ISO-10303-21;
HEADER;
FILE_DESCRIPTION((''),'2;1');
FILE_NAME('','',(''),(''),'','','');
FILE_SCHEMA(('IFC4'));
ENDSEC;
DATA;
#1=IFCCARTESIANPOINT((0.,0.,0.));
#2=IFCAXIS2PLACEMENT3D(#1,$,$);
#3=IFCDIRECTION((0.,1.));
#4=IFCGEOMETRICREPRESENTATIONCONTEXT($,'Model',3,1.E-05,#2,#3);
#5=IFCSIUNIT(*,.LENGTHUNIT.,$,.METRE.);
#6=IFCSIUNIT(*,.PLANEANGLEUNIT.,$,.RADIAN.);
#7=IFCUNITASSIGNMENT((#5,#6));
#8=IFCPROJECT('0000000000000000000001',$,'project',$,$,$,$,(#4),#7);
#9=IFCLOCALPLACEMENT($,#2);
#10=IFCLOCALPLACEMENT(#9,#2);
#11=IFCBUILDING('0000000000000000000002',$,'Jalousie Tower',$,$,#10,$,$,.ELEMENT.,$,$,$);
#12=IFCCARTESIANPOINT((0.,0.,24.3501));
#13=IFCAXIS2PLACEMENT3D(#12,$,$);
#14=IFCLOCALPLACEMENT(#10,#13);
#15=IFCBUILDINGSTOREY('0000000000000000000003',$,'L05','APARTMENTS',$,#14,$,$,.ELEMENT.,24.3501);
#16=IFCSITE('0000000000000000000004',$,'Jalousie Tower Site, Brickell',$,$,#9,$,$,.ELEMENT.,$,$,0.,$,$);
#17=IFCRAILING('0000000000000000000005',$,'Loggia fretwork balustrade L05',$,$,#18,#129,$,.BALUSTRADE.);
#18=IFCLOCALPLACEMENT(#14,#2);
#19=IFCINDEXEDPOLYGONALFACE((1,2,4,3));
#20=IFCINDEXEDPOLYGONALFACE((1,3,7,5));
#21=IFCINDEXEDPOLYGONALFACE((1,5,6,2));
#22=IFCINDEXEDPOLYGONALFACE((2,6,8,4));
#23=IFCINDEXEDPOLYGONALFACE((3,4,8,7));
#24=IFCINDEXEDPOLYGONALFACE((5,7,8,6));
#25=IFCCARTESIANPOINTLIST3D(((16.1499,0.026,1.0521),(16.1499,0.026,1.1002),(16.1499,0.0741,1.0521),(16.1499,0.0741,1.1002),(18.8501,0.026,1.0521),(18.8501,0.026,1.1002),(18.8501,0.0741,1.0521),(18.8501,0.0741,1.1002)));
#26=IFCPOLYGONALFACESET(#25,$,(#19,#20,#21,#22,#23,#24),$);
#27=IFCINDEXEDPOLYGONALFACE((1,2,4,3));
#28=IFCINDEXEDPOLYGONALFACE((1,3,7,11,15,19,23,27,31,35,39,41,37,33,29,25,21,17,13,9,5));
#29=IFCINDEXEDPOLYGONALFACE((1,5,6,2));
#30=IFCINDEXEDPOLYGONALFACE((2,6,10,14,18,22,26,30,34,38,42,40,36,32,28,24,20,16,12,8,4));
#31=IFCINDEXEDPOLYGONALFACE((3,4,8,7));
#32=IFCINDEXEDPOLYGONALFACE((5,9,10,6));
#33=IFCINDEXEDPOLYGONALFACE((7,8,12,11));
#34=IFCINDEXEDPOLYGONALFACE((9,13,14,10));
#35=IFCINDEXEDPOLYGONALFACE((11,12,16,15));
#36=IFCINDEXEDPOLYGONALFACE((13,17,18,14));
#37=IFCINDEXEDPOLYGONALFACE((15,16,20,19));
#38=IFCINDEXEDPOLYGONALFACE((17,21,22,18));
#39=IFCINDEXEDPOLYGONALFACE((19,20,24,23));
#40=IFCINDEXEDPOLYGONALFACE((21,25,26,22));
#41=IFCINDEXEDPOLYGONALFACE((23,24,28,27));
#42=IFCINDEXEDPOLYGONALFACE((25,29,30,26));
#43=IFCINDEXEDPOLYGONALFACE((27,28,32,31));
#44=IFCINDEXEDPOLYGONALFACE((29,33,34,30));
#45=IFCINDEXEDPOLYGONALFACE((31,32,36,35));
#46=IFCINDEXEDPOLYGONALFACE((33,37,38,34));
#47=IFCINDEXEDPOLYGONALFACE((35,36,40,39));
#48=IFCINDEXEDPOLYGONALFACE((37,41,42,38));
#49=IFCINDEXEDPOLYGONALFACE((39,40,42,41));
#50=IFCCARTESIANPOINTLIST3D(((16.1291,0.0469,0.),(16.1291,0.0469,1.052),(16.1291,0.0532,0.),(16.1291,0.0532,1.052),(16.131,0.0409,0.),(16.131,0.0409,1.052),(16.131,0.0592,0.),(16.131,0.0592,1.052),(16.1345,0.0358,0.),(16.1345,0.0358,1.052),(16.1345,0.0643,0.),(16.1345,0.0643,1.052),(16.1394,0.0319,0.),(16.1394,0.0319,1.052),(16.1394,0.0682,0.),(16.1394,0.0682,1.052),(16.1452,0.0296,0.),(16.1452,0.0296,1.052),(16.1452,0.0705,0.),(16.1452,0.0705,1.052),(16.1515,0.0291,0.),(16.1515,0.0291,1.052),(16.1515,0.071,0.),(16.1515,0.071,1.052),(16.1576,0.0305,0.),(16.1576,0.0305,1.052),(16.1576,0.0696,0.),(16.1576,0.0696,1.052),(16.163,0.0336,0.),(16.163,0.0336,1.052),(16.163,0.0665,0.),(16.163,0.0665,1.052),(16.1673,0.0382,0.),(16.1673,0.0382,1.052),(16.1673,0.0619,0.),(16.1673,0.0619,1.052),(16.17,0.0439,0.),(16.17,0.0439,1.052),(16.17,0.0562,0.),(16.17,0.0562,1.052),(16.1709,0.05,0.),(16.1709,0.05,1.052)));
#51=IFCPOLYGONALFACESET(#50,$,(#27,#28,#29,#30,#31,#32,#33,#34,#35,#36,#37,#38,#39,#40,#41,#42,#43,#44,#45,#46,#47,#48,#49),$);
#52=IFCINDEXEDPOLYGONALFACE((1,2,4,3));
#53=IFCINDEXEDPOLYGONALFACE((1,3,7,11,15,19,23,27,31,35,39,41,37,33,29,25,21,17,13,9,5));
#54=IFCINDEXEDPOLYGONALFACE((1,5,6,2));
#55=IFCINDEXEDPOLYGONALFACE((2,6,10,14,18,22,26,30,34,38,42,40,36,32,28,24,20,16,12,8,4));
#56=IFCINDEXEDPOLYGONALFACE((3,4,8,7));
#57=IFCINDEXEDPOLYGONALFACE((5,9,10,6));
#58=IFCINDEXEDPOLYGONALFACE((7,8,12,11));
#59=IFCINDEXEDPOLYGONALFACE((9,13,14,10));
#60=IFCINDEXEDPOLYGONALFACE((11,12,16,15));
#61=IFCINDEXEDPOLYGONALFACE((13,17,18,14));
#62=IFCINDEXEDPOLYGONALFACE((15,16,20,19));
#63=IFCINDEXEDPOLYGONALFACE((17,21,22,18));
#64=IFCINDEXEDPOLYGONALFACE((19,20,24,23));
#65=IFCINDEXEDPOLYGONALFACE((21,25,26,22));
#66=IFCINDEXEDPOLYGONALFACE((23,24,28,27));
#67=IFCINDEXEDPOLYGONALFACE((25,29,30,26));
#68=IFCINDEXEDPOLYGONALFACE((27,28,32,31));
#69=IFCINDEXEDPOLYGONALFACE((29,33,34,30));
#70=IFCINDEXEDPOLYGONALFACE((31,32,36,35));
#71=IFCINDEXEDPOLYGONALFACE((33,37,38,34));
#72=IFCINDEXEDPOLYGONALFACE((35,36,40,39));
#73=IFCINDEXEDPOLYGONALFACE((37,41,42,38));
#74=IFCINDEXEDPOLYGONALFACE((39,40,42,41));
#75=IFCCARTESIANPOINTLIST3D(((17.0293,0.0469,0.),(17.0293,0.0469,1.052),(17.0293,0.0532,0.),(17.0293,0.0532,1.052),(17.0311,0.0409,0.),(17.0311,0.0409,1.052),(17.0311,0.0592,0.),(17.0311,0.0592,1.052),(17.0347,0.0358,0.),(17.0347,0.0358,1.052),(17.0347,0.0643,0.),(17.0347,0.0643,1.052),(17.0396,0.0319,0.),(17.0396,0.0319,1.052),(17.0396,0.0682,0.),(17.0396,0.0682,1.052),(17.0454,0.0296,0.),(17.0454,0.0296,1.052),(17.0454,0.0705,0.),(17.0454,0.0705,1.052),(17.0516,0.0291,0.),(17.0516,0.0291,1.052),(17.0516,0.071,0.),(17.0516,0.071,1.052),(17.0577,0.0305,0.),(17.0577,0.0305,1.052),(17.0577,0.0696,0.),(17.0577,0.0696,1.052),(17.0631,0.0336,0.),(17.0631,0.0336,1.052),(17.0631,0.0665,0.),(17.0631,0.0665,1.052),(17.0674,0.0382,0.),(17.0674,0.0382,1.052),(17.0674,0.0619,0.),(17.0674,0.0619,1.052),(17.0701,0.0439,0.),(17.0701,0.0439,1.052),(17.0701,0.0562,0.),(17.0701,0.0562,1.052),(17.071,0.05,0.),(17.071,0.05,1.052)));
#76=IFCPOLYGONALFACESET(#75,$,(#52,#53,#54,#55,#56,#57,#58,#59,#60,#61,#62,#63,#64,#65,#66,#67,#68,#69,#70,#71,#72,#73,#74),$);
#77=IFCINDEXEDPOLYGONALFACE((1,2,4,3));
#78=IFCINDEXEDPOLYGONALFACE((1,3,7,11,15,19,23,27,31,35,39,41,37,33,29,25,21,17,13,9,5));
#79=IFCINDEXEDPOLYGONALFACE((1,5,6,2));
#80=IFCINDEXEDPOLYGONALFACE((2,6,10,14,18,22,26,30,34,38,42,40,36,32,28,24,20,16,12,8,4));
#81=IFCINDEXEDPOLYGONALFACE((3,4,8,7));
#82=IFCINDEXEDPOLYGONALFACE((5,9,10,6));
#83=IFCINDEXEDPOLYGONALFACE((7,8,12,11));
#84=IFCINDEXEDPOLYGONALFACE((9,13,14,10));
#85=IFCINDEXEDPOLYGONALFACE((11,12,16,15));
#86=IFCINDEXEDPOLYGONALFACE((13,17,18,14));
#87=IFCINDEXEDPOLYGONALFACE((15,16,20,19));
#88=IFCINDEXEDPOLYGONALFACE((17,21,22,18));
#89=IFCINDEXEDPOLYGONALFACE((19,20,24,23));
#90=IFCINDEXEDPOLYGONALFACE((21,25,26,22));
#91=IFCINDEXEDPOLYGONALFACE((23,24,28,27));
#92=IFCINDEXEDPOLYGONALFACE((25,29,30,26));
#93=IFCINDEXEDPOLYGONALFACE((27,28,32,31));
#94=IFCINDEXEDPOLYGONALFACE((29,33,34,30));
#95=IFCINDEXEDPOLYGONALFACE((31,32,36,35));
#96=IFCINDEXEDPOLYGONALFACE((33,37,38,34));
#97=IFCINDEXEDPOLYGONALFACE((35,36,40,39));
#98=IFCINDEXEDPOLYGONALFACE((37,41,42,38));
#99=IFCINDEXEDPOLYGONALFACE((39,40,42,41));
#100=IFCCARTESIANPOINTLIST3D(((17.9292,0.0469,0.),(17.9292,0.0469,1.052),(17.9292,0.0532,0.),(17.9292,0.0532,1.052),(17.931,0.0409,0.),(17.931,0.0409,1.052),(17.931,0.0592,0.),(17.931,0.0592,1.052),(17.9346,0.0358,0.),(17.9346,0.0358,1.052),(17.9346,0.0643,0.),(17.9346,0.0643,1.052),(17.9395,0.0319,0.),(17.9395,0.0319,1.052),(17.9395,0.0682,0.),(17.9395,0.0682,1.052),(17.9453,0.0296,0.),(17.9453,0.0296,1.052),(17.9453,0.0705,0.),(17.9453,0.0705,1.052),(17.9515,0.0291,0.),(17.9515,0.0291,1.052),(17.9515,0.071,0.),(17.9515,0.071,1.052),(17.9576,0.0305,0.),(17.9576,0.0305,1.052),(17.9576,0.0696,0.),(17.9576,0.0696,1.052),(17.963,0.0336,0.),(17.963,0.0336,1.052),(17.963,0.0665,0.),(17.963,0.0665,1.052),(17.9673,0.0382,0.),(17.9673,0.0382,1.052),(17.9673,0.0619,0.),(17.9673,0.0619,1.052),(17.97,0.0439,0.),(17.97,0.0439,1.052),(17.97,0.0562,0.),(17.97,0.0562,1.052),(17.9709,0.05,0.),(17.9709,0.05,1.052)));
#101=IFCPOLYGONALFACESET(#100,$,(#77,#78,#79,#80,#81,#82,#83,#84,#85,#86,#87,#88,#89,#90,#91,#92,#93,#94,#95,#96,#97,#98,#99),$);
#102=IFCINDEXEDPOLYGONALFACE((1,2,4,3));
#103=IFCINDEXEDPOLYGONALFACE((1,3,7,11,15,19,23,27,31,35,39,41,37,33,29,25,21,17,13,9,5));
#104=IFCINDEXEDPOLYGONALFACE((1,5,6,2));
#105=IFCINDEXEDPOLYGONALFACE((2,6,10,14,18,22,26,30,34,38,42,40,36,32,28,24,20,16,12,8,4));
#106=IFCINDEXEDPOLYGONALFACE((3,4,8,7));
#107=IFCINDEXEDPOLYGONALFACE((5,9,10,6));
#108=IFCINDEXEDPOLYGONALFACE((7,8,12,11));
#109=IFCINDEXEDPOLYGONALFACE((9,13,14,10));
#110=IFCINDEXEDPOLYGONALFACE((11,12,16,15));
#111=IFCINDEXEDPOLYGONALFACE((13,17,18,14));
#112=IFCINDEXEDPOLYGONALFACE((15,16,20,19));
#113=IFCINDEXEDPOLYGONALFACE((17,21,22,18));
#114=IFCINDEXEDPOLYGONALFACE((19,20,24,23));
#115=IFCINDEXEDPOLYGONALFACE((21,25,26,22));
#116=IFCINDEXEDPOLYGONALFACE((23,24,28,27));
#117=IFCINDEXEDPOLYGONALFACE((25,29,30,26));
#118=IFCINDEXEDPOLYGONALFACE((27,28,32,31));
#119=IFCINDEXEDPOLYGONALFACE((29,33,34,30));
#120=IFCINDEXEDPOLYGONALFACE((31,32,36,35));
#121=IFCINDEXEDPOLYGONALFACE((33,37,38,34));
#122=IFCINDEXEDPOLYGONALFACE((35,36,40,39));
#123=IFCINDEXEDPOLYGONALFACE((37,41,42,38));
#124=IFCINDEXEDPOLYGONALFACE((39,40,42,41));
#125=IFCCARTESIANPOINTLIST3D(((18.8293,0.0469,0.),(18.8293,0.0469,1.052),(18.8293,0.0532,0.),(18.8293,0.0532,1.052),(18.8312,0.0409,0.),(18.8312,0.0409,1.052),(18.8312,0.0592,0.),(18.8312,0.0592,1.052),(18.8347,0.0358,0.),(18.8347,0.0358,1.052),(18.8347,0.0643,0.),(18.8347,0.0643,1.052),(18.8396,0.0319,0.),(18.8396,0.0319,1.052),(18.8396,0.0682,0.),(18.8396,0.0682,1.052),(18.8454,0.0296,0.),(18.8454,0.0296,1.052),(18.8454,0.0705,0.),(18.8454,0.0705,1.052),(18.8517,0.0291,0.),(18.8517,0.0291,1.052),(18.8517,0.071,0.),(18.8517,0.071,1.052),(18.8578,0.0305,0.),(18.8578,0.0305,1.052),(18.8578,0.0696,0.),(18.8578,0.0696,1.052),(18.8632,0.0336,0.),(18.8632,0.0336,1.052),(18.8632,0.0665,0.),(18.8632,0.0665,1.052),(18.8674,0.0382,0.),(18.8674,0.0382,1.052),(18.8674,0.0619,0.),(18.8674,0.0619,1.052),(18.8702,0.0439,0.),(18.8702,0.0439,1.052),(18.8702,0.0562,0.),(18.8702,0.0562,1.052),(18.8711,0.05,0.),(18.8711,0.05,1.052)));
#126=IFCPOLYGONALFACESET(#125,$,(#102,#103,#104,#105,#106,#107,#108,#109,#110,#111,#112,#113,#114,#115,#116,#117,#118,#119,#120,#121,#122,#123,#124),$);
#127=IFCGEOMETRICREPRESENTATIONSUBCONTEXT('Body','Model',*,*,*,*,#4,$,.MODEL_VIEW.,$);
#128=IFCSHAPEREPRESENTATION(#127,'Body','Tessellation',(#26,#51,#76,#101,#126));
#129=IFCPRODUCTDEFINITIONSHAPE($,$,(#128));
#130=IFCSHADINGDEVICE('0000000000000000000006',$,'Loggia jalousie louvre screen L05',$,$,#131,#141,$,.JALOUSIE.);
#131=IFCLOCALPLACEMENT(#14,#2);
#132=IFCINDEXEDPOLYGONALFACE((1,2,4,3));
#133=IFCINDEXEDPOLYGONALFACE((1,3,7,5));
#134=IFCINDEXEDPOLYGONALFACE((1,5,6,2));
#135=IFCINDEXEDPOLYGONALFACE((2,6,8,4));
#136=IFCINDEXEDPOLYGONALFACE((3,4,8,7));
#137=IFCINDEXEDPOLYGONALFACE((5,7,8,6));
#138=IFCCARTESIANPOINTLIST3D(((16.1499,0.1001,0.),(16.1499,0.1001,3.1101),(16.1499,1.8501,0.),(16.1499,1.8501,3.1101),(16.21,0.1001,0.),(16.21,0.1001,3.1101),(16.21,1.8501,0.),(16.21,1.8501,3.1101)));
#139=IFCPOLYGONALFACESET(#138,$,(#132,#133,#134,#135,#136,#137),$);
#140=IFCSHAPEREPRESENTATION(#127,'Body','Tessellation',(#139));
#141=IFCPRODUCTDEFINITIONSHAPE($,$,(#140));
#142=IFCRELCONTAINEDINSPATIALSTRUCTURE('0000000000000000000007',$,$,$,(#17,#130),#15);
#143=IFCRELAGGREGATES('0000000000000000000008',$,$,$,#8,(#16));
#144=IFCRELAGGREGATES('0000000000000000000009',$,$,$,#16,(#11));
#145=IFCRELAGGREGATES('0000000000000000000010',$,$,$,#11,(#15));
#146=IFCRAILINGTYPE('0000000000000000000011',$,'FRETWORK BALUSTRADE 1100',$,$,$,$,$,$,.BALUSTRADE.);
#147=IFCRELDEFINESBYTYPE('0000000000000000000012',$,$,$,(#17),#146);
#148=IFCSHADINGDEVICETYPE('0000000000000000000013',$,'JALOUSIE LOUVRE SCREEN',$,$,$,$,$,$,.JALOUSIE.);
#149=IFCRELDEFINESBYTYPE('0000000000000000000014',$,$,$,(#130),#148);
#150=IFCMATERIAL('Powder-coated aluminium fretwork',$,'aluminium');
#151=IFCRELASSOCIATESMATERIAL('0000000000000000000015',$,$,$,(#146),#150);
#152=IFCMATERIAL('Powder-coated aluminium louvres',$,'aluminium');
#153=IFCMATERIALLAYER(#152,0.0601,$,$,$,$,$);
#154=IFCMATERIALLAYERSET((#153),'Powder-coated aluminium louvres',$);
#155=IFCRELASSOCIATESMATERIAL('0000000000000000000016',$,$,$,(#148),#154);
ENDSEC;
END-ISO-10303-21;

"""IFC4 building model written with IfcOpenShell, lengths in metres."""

from ifc_helpers import new_model, si_unit, direction, frame, origin, origin_2d, place, context, subcontext, project, spatial, rectangle, circle, extrude, material, layer, layer_set, type_object, element, save


model = new_model("IFC4")

# Units and contexts
model_context = context("Model", 3, precision=1e-05, world=origin(), true_north=direction((0.0, 1.0)))
body_context = subcontext(model_context, "Body", "Model", "MODEL_VIEW")
ifc_project = project(units=[si_unit("LENGTHUNIT", "METRE"), si_unit("PLANEANGLEUNIT", "RADIAN")], contexts=[model_context])

# Site, building, storey
site_placement = place(None, origin())
site = spatial("IfcSite", under=ifc_project, at=site_placement, Name="Jalousie Tower Site, Brickell", CompositionType="ELEMENT", RefElevation=0.0)
building_placement = place(site_placement, origin())
building = spatial("IfcBuilding", under=site, at=building_placement, Name="Jalousie Tower", CompositionType="ELEMENT")
storey_placement = place(building_placement, frame((0.0, 0.0, 24.3501)))
storey = spatial("IfcBuildingStorey", under=building, at=storey_placement, Name="L05", Description="APARTMENTS", CompositionType="ELEMENT", Elevation=24.3501)

# Railing
ifc_material_1 = material(Name="Powder-coated aluminium fretwork", Category="aluminium")
railing_type = type_object("IfcRailingType", Name="FRETWORK BALUSTRADE 1100", PredefinedType="BALUSTRADE", material=ifc_material_1)
railing_placement = place(storey_placement, frame((16.1499, 0.05, 0.0)))
element("IfcRailing", 1, at=railing_placement, inside=storey, type_object=railing_type, Name="Loggia fretwork balustrade L05", PredefinedType="BALUSTRADE", context=body_context, shape_type="SweptSolid", body=[
    extrude(rectangle(XDim=0.0481, YDim=0.0481, at=origin_2d()), frame((0.0, 0.0, 1.0762), z_axis=(1.0, 0.0, 0.0), x_axis=(0.0, 1.0, 0.0)), (0.0, 0.0, 1.0), 2.7002),
    extrude(circle(Radius=0.021, at=origin_2d()), origin(), (0.0, 0.0, 1.0), 1.052),
    extrude(circle(Radius=0.021, at=origin_2d()), frame((0.9001, 0.0, 0.0)), (0.0, 0.0, 1.0), 1.052),
    extrude(circle(Radius=0.021, at=origin_2d()), frame((1.8, 0.0, 0.0)), (0.0, 0.0, 1.0), 1.052),
    extrude(circle(Radius=0.021, at=origin_2d()), frame((2.7002, 0.0, 0.0)), (0.0, 0.0, 1.0), 1.052),
])

# Shading device
ifc_material_2 = material(Name="Powder-coated aluminium louvres", Category="aluminium")
ifc_layer_1 = layer(ifc_material_2, 0.0601)
ifc_layer_set_1 = layer_set([ifc_layer_1], Name="Powder-coated aluminium louvres")
shading_device_type = type_object("IfcShadingDeviceType", Name="JALOUSIE LOUVRE SCREEN", PredefinedType="JALOUSIE", material=ifc_layer_set_1)
shading_device_placement = place(storey_placement, frame((16.1799, 0.9751, 0.0), z_axis=(0.0, 0.0, 1.0), x_axis=(1.0, 0.0, 0.0)))
element("IfcShadingDevice", 2, at=shading_device_placement, inside=storey, type_object=shading_device_type, Name="Loggia jalousie louvre screen L05", PredefinedType="JALOUSIE", context=body_context, shape_type="SweptSolid", body=[
    extrude(rectangle(XDim=0.0601, YDim=1.75, at=origin_2d()), origin(), (0.0, 0.0, 1.0), 3.1101),
])

save(model, "model.ifc")
